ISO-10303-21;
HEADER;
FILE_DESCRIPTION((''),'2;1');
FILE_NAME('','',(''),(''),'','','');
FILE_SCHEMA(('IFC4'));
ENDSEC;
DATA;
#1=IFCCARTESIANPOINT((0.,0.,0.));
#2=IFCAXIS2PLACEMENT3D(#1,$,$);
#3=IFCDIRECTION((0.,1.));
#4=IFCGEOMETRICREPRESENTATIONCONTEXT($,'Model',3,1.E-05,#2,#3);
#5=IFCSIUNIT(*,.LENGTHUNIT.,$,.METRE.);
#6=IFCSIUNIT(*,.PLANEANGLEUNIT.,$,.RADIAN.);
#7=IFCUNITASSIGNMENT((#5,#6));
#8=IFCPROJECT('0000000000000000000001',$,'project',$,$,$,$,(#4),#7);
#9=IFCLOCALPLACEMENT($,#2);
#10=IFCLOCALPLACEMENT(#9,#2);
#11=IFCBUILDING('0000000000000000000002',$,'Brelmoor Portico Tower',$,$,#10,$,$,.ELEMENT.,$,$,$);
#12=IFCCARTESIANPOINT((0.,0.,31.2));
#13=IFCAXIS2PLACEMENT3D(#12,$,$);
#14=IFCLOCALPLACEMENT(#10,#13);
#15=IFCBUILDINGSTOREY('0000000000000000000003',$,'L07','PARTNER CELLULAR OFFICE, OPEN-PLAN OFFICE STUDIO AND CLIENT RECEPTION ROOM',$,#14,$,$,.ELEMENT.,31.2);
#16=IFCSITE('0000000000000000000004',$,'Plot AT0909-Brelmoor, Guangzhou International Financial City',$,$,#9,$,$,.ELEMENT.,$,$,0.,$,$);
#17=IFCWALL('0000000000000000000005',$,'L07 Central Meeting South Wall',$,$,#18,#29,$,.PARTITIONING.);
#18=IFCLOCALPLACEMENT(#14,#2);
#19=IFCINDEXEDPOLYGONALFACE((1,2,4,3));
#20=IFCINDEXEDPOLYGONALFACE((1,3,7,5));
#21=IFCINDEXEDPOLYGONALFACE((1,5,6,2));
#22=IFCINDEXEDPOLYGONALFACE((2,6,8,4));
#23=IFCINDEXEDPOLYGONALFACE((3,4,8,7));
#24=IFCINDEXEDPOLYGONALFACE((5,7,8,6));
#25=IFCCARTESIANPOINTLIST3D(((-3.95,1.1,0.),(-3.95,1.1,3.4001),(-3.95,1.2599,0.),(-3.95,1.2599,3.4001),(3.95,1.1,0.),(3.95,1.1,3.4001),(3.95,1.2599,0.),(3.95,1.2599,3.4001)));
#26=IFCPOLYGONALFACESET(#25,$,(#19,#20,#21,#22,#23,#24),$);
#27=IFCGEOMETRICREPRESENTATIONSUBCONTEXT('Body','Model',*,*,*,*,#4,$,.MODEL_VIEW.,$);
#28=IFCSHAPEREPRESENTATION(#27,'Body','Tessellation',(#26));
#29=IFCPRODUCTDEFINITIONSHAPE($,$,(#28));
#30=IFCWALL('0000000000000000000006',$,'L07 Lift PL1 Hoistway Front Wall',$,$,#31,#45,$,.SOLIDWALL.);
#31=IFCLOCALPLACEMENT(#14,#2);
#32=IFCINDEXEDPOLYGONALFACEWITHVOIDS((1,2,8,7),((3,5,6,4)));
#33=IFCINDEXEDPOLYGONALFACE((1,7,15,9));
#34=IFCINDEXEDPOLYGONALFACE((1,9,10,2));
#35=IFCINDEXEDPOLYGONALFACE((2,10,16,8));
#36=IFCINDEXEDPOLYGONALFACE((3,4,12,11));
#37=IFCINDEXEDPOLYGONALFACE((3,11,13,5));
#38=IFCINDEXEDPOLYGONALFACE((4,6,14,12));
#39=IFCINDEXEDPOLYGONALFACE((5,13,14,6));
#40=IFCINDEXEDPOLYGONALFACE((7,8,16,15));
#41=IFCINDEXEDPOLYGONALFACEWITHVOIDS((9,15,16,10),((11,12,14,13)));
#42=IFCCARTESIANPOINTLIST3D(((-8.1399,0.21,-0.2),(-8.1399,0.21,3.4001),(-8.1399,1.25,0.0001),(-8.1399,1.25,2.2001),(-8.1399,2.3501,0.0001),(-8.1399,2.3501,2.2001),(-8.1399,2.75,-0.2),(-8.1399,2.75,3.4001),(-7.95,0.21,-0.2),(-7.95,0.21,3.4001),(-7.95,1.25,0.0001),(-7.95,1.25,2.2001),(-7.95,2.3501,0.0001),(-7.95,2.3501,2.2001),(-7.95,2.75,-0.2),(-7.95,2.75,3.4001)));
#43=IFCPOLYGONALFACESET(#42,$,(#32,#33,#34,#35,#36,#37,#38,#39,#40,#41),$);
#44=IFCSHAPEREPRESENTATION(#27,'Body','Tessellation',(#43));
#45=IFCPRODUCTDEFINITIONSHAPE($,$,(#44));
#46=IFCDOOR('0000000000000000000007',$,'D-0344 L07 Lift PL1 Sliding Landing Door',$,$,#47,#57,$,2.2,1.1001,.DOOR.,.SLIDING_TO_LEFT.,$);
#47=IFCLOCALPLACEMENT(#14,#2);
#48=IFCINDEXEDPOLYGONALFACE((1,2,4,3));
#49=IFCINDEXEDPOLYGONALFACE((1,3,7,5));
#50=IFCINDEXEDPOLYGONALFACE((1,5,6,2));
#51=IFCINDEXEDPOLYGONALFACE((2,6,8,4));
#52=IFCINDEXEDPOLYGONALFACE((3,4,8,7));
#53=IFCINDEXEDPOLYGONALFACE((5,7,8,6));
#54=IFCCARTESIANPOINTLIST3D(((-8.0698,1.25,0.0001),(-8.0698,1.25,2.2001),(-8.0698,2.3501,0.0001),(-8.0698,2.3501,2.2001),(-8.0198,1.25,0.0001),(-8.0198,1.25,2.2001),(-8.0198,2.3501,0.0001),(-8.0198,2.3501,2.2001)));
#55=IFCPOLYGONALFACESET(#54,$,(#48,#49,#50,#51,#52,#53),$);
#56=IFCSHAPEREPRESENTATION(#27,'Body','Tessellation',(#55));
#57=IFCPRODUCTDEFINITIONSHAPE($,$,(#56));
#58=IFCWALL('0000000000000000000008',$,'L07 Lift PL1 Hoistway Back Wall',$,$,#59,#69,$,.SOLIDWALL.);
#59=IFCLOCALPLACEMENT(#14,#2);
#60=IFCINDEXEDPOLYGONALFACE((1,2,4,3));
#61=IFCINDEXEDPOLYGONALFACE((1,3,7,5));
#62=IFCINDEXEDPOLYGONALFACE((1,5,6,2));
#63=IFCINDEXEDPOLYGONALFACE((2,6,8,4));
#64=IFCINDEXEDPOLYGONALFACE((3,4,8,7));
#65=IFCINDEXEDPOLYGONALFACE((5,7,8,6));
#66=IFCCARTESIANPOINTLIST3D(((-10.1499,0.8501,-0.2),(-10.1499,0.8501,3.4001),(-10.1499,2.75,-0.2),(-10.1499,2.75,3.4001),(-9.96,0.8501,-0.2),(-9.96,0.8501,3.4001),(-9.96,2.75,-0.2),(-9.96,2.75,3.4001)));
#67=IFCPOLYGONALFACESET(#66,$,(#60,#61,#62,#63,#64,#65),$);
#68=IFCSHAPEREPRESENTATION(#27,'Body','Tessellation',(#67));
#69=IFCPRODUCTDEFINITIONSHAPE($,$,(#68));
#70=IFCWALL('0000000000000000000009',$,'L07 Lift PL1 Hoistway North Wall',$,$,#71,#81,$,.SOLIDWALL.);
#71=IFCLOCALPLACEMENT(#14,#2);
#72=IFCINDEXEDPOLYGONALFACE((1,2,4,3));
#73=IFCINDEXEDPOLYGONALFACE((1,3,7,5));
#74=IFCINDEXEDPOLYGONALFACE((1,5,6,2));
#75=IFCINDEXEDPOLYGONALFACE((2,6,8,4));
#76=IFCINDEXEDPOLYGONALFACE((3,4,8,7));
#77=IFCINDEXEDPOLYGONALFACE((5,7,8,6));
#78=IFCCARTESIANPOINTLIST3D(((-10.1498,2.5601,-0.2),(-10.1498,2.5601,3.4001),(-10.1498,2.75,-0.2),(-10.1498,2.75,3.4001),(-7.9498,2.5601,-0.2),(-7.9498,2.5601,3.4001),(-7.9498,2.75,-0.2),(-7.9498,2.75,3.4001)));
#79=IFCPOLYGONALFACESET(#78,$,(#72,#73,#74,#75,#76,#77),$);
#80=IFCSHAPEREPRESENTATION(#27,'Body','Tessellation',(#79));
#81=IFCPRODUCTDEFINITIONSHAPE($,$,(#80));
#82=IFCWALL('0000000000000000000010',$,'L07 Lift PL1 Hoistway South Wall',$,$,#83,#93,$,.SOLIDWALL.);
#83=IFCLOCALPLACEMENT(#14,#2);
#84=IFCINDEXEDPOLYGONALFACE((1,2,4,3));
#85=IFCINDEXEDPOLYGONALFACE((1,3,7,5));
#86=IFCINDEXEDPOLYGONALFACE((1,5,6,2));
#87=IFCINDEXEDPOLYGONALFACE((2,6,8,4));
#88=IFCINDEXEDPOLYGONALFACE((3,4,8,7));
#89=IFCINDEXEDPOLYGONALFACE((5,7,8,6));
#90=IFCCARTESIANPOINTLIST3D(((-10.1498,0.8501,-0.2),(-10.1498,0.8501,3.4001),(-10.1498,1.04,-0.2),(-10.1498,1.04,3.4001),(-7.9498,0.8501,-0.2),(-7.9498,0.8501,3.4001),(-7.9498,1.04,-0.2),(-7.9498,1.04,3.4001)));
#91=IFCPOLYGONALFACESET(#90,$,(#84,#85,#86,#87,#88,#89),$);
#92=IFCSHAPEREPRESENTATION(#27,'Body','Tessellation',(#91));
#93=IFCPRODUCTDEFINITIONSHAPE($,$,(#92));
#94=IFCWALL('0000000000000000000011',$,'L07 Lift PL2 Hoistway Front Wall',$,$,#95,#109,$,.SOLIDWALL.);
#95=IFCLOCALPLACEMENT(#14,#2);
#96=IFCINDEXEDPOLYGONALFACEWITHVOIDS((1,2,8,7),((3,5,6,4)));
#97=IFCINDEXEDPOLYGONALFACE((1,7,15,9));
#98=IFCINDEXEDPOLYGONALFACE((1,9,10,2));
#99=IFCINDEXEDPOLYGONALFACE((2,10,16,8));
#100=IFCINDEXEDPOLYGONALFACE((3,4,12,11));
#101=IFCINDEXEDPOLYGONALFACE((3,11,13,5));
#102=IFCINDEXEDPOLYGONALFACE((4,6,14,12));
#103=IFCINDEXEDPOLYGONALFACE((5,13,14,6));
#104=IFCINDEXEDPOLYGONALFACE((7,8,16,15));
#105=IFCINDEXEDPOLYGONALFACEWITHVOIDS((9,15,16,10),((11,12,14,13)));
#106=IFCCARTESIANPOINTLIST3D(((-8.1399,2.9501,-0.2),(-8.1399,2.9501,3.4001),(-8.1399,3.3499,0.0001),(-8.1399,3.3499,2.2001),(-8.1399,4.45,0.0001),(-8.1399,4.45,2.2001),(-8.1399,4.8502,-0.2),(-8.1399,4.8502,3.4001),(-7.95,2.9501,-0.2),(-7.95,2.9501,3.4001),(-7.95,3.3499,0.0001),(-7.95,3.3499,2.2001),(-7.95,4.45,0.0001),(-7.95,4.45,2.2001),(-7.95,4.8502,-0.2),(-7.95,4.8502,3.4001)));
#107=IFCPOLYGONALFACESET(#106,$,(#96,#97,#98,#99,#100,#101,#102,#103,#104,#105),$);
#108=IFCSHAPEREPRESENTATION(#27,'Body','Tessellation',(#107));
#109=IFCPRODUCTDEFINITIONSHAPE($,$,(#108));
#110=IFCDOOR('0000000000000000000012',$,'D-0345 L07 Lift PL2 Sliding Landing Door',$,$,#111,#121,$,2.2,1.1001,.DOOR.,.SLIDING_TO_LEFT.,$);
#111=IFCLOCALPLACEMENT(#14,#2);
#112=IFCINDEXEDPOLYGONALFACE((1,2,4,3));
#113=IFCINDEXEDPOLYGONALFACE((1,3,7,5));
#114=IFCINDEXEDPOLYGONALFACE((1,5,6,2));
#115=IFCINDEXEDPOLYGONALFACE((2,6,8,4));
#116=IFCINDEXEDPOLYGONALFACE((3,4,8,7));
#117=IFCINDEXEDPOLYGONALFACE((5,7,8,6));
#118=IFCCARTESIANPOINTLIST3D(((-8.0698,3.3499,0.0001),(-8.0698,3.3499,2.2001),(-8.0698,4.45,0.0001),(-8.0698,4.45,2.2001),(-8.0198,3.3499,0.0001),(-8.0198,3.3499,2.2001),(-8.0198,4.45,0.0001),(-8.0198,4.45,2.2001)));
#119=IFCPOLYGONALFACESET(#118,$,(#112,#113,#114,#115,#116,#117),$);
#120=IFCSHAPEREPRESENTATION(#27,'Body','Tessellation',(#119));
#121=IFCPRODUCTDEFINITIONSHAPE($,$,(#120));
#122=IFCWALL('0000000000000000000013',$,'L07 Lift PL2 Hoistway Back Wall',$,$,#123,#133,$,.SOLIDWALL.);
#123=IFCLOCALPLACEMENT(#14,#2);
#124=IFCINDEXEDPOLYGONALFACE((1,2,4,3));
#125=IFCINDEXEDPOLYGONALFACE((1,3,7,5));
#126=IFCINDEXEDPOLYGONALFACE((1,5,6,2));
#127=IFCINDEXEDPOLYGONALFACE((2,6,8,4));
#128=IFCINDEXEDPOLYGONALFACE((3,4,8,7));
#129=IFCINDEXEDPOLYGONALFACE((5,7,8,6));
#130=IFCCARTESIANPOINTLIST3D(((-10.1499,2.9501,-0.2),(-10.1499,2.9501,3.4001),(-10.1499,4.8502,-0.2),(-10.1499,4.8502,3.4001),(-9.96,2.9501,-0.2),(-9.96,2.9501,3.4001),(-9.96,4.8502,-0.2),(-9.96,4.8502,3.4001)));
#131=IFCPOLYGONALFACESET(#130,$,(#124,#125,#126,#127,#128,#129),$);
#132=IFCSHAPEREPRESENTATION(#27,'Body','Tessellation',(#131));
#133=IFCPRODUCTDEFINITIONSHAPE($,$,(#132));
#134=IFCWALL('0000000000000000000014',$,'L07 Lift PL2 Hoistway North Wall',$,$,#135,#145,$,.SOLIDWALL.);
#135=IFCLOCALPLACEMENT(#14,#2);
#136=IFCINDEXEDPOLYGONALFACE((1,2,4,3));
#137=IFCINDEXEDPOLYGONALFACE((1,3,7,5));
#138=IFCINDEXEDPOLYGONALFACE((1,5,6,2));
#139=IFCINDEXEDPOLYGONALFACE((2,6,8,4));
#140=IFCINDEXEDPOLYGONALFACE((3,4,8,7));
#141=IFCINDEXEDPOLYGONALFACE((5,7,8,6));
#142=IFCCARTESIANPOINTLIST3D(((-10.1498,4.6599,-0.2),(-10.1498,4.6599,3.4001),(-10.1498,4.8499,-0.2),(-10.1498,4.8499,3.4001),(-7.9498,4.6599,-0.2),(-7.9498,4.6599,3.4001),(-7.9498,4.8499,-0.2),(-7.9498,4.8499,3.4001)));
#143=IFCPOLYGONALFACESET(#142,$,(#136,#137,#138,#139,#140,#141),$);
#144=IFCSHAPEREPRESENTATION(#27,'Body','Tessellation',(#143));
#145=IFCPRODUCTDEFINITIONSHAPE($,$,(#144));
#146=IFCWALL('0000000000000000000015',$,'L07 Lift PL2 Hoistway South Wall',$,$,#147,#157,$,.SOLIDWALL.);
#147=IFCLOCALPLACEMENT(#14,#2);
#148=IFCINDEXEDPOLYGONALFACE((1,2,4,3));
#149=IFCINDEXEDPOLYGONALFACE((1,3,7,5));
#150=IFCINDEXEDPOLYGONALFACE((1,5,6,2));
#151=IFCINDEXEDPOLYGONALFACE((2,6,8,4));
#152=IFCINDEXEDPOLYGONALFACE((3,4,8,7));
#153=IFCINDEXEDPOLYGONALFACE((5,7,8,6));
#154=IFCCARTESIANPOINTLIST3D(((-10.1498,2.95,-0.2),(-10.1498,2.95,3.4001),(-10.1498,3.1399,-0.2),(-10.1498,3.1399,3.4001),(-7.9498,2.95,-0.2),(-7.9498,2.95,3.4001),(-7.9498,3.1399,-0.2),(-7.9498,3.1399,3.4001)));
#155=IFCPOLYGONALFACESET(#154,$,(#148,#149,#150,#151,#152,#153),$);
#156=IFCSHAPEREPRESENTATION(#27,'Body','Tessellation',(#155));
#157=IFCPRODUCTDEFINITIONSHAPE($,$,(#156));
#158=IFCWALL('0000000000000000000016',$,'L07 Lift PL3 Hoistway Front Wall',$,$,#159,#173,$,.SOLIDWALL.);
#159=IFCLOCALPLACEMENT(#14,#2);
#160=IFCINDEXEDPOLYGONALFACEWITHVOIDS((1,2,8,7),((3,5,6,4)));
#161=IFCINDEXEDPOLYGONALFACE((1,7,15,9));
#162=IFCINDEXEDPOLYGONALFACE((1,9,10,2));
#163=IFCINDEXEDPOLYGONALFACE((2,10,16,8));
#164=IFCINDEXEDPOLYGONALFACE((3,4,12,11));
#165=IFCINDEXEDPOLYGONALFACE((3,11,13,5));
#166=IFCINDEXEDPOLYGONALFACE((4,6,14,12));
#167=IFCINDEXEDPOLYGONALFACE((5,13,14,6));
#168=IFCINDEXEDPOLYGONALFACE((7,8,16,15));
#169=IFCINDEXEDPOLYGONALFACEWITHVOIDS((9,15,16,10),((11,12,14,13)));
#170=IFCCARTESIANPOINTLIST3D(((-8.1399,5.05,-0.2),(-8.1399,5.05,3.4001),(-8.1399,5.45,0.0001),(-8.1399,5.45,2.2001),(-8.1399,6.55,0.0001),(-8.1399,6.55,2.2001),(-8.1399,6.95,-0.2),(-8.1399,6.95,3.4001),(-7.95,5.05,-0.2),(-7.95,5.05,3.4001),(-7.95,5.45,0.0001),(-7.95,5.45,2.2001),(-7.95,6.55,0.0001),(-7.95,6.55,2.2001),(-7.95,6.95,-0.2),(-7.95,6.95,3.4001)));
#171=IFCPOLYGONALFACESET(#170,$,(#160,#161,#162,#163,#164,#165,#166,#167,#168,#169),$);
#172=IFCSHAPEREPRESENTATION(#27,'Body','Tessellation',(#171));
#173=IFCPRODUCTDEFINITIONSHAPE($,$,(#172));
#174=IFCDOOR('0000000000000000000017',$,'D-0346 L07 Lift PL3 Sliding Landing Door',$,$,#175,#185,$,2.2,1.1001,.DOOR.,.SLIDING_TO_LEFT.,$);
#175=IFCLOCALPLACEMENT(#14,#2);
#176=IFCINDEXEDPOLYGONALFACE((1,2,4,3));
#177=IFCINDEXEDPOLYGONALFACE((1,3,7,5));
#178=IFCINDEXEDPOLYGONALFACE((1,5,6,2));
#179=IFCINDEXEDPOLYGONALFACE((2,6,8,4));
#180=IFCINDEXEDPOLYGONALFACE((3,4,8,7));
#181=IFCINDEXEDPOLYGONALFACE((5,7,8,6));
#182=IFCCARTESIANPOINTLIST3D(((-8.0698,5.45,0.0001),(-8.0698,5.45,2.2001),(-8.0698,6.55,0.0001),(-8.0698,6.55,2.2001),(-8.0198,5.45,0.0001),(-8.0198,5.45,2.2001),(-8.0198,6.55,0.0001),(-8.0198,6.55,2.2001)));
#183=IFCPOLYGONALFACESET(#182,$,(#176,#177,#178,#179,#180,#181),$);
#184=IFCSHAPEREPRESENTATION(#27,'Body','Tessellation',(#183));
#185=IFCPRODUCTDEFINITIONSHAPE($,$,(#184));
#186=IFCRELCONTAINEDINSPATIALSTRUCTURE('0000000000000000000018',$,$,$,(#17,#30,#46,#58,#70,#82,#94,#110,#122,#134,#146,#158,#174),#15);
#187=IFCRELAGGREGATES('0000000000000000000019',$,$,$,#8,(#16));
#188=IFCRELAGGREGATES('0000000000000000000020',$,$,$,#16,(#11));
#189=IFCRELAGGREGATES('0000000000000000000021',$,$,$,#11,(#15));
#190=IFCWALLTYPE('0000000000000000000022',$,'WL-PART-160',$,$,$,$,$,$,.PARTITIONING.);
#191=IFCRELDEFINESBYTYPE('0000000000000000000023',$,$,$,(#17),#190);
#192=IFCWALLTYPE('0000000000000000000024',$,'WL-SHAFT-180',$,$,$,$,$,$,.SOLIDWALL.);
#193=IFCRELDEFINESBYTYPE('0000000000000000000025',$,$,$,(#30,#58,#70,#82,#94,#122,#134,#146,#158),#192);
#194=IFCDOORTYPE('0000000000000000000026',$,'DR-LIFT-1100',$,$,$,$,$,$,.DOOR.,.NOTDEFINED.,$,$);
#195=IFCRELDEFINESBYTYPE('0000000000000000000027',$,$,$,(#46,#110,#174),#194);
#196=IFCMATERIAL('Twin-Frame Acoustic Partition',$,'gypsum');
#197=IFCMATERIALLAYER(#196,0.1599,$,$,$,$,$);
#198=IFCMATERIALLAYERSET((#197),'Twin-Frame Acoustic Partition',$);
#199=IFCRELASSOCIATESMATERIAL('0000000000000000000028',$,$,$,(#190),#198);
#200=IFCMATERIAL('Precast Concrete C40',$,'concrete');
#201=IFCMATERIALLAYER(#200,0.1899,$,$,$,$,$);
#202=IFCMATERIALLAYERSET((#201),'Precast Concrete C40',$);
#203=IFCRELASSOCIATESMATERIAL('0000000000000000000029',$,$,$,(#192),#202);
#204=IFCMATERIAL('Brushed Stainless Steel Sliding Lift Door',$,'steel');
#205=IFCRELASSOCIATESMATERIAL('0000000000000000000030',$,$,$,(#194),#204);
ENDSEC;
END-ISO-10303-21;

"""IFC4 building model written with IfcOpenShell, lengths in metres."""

from ifc_helpers import new_model, si_unit, direction, frame, frame_2d, origin, place, context, subcontext, project, spatial, rectangle, extrude, material, layer, layer_set, type_object, element, fill, save


model = new_model("IFC4")

# Units and contexts
model_context = context("Model", 3, precision=1e-05, world=origin(), true_north=direction((0.0, 1.0)))
body_context = subcontext(model_context, "Body", "Model", "MODEL_VIEW")
ifc_project = project(units=[si_unit("LENGTHUNIT", "METRE"), si_unit("PLANEANGLEUNIT", "RADIAN")], contexts=[model_context])

# Site, building, storey
site_placement = place(None, origin())
site = spatial("IfcSite", under=ifc_project, at=site_placement, Name="Plot AT0909-Brelmoor, Guangzhou International Financial City", CompositionType="ELEMENT", RefElevation=0.0)
building_placement = place(site_placement, origin())
building = spatial("IfcBuilding", under=site, at=building_placement, Name="Brelmoor Portico Tower", CompositionType="ELEMENT")
storey_placement = place(building_placement, frame((0.0, 0.0, 31.2)))
storey = spatial("IfcBuildingStorey", under=building, at=storey_placement, Name="L07", Description="PARTNER CELLULAR OFFICE, OPEN-PLAN OFFICE STUDIO AND CLIENT RECEPTION ROOM", CompositionType="ELEMENT", Elevation=31.2)

# Wall
ifc_material_1 = material(Name="Twin-Frame Acoustic Partition", Category="gypsum")
ifc_layer_1 = layer(ifc_material_1, 0.1599)
ifc_layer_set_1 = layer_set([ifc_layer_1], Name="Twin-Frame Acoustic Partition")
wall_type_1 = type_object("IfcWallType", Name="WL-PART-160", PredefinedType="PARTITIONING", material=ifc_layer_set_1)
wall_1_placement = place(storey_placement, frame((-3.95, 1.1799, 0.0), z_axis=(0.0, 0.0, 1.0), x_axis=(1.0, 0.0, 0.0)))
element("IfcWall", 1, at=wall_1_placement, inside=storey, type_object=wall_type_1, Name="L07 Central Meeting South Wall", PredefinedType="PARTITIONING", context=body_context, shape_type="SweptSolid", body=[
    extrude(rectangle(XDim=7.8999, YDim=0.1599, at=frame_2d((3.95, 0.0))), origin(), (0.0, 0.0, 1.0), 3.4001),
])

# Wall, opening, door
ifc_material_2 = material(Name="Precast Concrete C40", Category="concrete")
ifc_layer_2 = layer(ifc_material_2, 0.1899)
ifc_layer_set_2 = layer_set([ifc_layer_2], Name="Precast Concrete C40")
wall_type_2 = type_object("IfcWallType", Name="WL-SHAFT-180", PredefinedType="SOLIDWALL", material=ifc_layer_set_2)
wall_2_placement = place(storey_placement, frame((-8.0449, 0.21, -0.2), z_axis=(0.0, 0.0, 1.0), x_axis=(0.0, 1.0, 0.0)))
wall_2 = element("IfcWall", 2, at=wall_2_placement, inside=storey, type_object=wall_type_2, Name="L07 Lift PL1 Hoistway Front Wall", PredefinedType="SOLIDWALL", context=body_context, shape_type="SweptSolid", body=[
    extrude(rectangle(XDim=2.54, YDim=0.1899, at=frame_2d((1.27, 0.0))), origin(), (0.0, 0.0, 1.0), 3.6001),
])
opening_1_placement = place(wall_2_placement, frame((1.04, 0.0, 0.2)))
opening_1 = element("IfcOpeningElement", 3, at=opening_1_placement, cuts=wall_2, PredefinedType="OPENING", context=body_context, shape_type="SweptSolid", body=[
    extrude(rectangle(XDim=1.1001, YDim=2.2, at=frame_2d((0.55, 1.1001))), frame((0.0, 0.105, 0.0), z_axis=(0.0, -1.0, 0.0), x_axis=(1.0, 0.0, 0.0)), (0.0, 0.0, 1.0), 0.21),
])
ifc_material_3 = material(Name="Brushed Stainless Steel Sliding Lift Door", Category="steel")
door_type = type_object("IfcDoorType", Name="DR-LIFT-1100", OperationType="NOTDEFINED", PredefinedType="DOOR", material=ifc_material_3)
door_1_placement = place(opening_1_placement, origin())
door_1 = element("IfcDoor", 4, at=door_1_placement, inside=storey, type_object=door_type, Name="D-0344 L07 Lift PL1 Sliding Landing Door", OperationType="SLIDING_TO_LEFT", OverallHeight=2.2, OverallWidth=1.1001, PredefinedType="DOOR", context=body_context, shape_type="SweptSolid", body=[
    extrude(rectangle(XDim=1.1001, YDim=2.2, at=frame_2d((0.55, 1.1001))), frame((0.0, 0.0249, 0.0), z_axis=(0.0, -1.0, 0.0), x_axis=(1.0, 0.0, 0.0)), (0.0, 0.0, 1.0), 0.05),
])
fill(opening_1, door_1)

# Walls
wall_3_placement = place(storey_placement, frame((-10.0549, 0.8501, -0.2), z_axis=(0.0, 0.0, 1.0), x_axis=(0.0, 1.0, 0.0)))
element("IfcWall", 5, at=wall_3_placement, inside=storey, type_object=wall_type_2, Name="L07 Lift PL1 Hoistway Back Wall", PredefinedType="SOLIDWALL", context=body_context, shape_type="SweptSolid", body=[
    extrude(rectangle(XDim=1.8999, YDim=0.1899, at=frame_2d((0.95, 0.0))), origin(), (0.0, 0.0, 1.0), 3.6001),
])
for number, where, z_axis, x_axis, name in (
    (6, (-10.1499, 2.655, -0.2), (0.0, 0.0, 1.0), (1.0, 0.0, 0.0), "L07 Lift PL1 Hoistway North Wall"),
    (7, (-10.1499, 0.9451, -0.2), (0.0, 0.0, 1.0), (1.0, 0.0, 0.0), "L07 Lift PL1 Hoistway South Wall"),
):
    element("IfcWall", number, at=place(storey_placement, frame(where, z_axis=z_axis, x_axis=x_axis)), inside=storey, type_object=wall_type_2, Name=name, PredefinedType="SOLIDWALL", context=body_context, shape_type="SweptSolid", body=[
        extrude(rectangle(XDim=2.2, YDim=0.1899, at=frame_2d((1.1001, 0.0))), origin(), (0.0, 0.0, 1.0), 3.6001),
    ])

# Wall, opening, door
wall_4_placement = place(storey_placement, frame((-8.0449, 2.95, -0.2), z_axis=(0.0, 0.0, 1.0), x_axis=(0.0, 1.0, 0.0)))
wall_4 = element("IfcWall", 8, at=wall_4_placement, inside=storey, type_object=wall_type_2, Name="L07 Lift PL2 Hoistway Front Wall", PredefinedType="SOLIDWALL", context=body_context, shape_type="SweptSolid", body=[
    extrude(rectangle(XDim=1.9001, YDim=0.1899, at=frame_2d((0.9502, 0.0))), origin(), (0.0, 0.0, 1.0), 3.6001),
])
opening_2_placement = place(wall_4_placement, frame((0.3999, 0.0, 0.2)))
opening_2 = element("IfcOpeningElement", 9, at=opening_2_placement, cuts=wall_4, PredefinedType="OPENING", context=body_context, shape_type="SweptSolid", body=[
    extrude(rectangle(XDim=1.1001, YDim=2.2, at=frame_2d((0.55, 1.1001))), frame((0.0, 0.105, 0.0), z_axis=(0.0, -1.0, 0.0), x_axis=(1.0, 0.0, 0.0)), (0.0, 0.0, 1.0), 0.21),
])
door_2_placement = place(opening_2_placement, origin())
door_2 = element("IfcDoor", 10, at=door_2_placement, inside=storey, type_object=door_type, Name="D-0345 L07 Lift PL2 Sliding Landing Door", OperationType="SLIDING_TO_LEFT", OverallHeight=2.2, OverallWidth=1.1001, PredefinedType="DOOR", context=body_context, shape_type="SweptSolid", body=[
    extrude(rectangle(XDim=1.1001, YDim=2.2, at=frame_2d((0.55, 1.1001))), frame((0.0, 0.0249, 0.0), z_axis=(0.0, -1.0, 0.0), x_axis=(1.0, 0.0, 0.0)), (0.0, 0.0, 1.0), 0.05),
])
fill(opening_2, door_2)

# Walls
wall_5_placement = place(storey_placement, frame((-10.0549, 2.95, -0.2), z_axis=(0.0, 0.0, 1.0), x_axis=(0.0, 1.0, 0.0)))
element("IfcWall", 11, at=wall_5_placement, inside=storey, type_object=wall_type_2, Name="L07 Lift PL2 Hoistway Back Wall", PredefinedType="SOLIDWALL", context=body_context, shape_type="SweptSolid", body=[
    extrude(rectangle(XDim=1.9001, YDim=0.1899, at=frame_2d((0.9502, 0.0))), origin(), (0.0, 0.0, 1.0), 3.6001),
])
for number, where, z_axis, x_axis, name in (
    (12, (-10.1499, 4.7549, -0.2), (0.0, 0.0, 1.0), (1.0, 0.0, 0.0), "L07 Lift PL2 Hoistway North Wall"),
    (13, (-10.1499, 3.0449, -0.2), (0.0, 0.0, 1.0), (1.0, 0.0, 0.0), "L07 Lift PL2 Hoistway South Wall"),
):
    element("IfcWall", number, at=place(storey_placement, frame(where, z_axis=z_axis, x_axis=x_axis)), inside=storey, type_object=wall_type_2, Name=name, PredefinedType="SOLIDWALL", context=body_context, shape_type="SweptSolid", body=[
        extrude(rectangle(XDim=2.2, YDim=0.1899, at=frame_2d((1.1001, 0.0))), origin(), (0.0, 0.0, 1.0), 3.6001),
    ])

# Wall, opening, door
wall_6_placement = place(storey_placement, frame((-8.0449, 5.05, -0.2), z_axis=(0.0, 0.0, 1.0), x_axis=(0.0, 1.0, 0.0)))
wall_6 = element("IfcWall", 14, at=wall_6_placement, inside=storey, type_object=wall_type_2, Name="L07 Lift PL3 Hoistway Front Wall", PredefinedType="SOLIDWALL", context=body_context, shape_type="SweptSolid", body=[
    extrude(rectangle(XDim=1.8999, YDim=0.1899, at=frame_2d((0.95, 0.0))), origin(), (0.0, 0.0, 1.0), 3.6001),
])
opening_3_placement = place(wall_6_placement, frame((0.3999, 0.0, 0.2)))
opening_3 = element("IfcOpeningElement", 15, at=opening_3_placement, cuts=wall_6, PredefinedType="OPENING", context=body_context, shape_type="SweptSolid", body=[
    extrude(rectangle(XDim=1.1001, YDim=2.2, at=frame_2d((0.55, 1.1001))), frame((0.0, 0.105, 0.0), z_axis=(0.0, -1.0, 0.0), x_axis=(1.0, 0.0, 0.0)), (0.0, 0.0, 1.0), 0.21),
])
door_3_placement = place(opening_3_placement, origin())
door_3 = element("IfcDoor", 16, at=door_3_placement, inside=storey, type_object=door_type, Name="D-0346 L07 Lift PL3 Sliding Landing Door", OperationType="SLIDING_TO_LEFT", OverallHeight=2.2, OverallWidth=1.1001, PredefinedType="DOOR", context=body_context, shape_type="SweptSolid", body=[
    extrude(rectangle(XDim=1.1001, YDim=2.2, at=frame_2d((0.55, 1.1001))), frame((0.0, 0.0249, 0.0), z_axis=(0.0, -1.0, 0.0), x_axis=(1.0, 0.0, 0.0)), (0.0, 0.0, 1.0), 0.05),
])
fill(opening_3, door_3)

save(model, "model.ifc")
